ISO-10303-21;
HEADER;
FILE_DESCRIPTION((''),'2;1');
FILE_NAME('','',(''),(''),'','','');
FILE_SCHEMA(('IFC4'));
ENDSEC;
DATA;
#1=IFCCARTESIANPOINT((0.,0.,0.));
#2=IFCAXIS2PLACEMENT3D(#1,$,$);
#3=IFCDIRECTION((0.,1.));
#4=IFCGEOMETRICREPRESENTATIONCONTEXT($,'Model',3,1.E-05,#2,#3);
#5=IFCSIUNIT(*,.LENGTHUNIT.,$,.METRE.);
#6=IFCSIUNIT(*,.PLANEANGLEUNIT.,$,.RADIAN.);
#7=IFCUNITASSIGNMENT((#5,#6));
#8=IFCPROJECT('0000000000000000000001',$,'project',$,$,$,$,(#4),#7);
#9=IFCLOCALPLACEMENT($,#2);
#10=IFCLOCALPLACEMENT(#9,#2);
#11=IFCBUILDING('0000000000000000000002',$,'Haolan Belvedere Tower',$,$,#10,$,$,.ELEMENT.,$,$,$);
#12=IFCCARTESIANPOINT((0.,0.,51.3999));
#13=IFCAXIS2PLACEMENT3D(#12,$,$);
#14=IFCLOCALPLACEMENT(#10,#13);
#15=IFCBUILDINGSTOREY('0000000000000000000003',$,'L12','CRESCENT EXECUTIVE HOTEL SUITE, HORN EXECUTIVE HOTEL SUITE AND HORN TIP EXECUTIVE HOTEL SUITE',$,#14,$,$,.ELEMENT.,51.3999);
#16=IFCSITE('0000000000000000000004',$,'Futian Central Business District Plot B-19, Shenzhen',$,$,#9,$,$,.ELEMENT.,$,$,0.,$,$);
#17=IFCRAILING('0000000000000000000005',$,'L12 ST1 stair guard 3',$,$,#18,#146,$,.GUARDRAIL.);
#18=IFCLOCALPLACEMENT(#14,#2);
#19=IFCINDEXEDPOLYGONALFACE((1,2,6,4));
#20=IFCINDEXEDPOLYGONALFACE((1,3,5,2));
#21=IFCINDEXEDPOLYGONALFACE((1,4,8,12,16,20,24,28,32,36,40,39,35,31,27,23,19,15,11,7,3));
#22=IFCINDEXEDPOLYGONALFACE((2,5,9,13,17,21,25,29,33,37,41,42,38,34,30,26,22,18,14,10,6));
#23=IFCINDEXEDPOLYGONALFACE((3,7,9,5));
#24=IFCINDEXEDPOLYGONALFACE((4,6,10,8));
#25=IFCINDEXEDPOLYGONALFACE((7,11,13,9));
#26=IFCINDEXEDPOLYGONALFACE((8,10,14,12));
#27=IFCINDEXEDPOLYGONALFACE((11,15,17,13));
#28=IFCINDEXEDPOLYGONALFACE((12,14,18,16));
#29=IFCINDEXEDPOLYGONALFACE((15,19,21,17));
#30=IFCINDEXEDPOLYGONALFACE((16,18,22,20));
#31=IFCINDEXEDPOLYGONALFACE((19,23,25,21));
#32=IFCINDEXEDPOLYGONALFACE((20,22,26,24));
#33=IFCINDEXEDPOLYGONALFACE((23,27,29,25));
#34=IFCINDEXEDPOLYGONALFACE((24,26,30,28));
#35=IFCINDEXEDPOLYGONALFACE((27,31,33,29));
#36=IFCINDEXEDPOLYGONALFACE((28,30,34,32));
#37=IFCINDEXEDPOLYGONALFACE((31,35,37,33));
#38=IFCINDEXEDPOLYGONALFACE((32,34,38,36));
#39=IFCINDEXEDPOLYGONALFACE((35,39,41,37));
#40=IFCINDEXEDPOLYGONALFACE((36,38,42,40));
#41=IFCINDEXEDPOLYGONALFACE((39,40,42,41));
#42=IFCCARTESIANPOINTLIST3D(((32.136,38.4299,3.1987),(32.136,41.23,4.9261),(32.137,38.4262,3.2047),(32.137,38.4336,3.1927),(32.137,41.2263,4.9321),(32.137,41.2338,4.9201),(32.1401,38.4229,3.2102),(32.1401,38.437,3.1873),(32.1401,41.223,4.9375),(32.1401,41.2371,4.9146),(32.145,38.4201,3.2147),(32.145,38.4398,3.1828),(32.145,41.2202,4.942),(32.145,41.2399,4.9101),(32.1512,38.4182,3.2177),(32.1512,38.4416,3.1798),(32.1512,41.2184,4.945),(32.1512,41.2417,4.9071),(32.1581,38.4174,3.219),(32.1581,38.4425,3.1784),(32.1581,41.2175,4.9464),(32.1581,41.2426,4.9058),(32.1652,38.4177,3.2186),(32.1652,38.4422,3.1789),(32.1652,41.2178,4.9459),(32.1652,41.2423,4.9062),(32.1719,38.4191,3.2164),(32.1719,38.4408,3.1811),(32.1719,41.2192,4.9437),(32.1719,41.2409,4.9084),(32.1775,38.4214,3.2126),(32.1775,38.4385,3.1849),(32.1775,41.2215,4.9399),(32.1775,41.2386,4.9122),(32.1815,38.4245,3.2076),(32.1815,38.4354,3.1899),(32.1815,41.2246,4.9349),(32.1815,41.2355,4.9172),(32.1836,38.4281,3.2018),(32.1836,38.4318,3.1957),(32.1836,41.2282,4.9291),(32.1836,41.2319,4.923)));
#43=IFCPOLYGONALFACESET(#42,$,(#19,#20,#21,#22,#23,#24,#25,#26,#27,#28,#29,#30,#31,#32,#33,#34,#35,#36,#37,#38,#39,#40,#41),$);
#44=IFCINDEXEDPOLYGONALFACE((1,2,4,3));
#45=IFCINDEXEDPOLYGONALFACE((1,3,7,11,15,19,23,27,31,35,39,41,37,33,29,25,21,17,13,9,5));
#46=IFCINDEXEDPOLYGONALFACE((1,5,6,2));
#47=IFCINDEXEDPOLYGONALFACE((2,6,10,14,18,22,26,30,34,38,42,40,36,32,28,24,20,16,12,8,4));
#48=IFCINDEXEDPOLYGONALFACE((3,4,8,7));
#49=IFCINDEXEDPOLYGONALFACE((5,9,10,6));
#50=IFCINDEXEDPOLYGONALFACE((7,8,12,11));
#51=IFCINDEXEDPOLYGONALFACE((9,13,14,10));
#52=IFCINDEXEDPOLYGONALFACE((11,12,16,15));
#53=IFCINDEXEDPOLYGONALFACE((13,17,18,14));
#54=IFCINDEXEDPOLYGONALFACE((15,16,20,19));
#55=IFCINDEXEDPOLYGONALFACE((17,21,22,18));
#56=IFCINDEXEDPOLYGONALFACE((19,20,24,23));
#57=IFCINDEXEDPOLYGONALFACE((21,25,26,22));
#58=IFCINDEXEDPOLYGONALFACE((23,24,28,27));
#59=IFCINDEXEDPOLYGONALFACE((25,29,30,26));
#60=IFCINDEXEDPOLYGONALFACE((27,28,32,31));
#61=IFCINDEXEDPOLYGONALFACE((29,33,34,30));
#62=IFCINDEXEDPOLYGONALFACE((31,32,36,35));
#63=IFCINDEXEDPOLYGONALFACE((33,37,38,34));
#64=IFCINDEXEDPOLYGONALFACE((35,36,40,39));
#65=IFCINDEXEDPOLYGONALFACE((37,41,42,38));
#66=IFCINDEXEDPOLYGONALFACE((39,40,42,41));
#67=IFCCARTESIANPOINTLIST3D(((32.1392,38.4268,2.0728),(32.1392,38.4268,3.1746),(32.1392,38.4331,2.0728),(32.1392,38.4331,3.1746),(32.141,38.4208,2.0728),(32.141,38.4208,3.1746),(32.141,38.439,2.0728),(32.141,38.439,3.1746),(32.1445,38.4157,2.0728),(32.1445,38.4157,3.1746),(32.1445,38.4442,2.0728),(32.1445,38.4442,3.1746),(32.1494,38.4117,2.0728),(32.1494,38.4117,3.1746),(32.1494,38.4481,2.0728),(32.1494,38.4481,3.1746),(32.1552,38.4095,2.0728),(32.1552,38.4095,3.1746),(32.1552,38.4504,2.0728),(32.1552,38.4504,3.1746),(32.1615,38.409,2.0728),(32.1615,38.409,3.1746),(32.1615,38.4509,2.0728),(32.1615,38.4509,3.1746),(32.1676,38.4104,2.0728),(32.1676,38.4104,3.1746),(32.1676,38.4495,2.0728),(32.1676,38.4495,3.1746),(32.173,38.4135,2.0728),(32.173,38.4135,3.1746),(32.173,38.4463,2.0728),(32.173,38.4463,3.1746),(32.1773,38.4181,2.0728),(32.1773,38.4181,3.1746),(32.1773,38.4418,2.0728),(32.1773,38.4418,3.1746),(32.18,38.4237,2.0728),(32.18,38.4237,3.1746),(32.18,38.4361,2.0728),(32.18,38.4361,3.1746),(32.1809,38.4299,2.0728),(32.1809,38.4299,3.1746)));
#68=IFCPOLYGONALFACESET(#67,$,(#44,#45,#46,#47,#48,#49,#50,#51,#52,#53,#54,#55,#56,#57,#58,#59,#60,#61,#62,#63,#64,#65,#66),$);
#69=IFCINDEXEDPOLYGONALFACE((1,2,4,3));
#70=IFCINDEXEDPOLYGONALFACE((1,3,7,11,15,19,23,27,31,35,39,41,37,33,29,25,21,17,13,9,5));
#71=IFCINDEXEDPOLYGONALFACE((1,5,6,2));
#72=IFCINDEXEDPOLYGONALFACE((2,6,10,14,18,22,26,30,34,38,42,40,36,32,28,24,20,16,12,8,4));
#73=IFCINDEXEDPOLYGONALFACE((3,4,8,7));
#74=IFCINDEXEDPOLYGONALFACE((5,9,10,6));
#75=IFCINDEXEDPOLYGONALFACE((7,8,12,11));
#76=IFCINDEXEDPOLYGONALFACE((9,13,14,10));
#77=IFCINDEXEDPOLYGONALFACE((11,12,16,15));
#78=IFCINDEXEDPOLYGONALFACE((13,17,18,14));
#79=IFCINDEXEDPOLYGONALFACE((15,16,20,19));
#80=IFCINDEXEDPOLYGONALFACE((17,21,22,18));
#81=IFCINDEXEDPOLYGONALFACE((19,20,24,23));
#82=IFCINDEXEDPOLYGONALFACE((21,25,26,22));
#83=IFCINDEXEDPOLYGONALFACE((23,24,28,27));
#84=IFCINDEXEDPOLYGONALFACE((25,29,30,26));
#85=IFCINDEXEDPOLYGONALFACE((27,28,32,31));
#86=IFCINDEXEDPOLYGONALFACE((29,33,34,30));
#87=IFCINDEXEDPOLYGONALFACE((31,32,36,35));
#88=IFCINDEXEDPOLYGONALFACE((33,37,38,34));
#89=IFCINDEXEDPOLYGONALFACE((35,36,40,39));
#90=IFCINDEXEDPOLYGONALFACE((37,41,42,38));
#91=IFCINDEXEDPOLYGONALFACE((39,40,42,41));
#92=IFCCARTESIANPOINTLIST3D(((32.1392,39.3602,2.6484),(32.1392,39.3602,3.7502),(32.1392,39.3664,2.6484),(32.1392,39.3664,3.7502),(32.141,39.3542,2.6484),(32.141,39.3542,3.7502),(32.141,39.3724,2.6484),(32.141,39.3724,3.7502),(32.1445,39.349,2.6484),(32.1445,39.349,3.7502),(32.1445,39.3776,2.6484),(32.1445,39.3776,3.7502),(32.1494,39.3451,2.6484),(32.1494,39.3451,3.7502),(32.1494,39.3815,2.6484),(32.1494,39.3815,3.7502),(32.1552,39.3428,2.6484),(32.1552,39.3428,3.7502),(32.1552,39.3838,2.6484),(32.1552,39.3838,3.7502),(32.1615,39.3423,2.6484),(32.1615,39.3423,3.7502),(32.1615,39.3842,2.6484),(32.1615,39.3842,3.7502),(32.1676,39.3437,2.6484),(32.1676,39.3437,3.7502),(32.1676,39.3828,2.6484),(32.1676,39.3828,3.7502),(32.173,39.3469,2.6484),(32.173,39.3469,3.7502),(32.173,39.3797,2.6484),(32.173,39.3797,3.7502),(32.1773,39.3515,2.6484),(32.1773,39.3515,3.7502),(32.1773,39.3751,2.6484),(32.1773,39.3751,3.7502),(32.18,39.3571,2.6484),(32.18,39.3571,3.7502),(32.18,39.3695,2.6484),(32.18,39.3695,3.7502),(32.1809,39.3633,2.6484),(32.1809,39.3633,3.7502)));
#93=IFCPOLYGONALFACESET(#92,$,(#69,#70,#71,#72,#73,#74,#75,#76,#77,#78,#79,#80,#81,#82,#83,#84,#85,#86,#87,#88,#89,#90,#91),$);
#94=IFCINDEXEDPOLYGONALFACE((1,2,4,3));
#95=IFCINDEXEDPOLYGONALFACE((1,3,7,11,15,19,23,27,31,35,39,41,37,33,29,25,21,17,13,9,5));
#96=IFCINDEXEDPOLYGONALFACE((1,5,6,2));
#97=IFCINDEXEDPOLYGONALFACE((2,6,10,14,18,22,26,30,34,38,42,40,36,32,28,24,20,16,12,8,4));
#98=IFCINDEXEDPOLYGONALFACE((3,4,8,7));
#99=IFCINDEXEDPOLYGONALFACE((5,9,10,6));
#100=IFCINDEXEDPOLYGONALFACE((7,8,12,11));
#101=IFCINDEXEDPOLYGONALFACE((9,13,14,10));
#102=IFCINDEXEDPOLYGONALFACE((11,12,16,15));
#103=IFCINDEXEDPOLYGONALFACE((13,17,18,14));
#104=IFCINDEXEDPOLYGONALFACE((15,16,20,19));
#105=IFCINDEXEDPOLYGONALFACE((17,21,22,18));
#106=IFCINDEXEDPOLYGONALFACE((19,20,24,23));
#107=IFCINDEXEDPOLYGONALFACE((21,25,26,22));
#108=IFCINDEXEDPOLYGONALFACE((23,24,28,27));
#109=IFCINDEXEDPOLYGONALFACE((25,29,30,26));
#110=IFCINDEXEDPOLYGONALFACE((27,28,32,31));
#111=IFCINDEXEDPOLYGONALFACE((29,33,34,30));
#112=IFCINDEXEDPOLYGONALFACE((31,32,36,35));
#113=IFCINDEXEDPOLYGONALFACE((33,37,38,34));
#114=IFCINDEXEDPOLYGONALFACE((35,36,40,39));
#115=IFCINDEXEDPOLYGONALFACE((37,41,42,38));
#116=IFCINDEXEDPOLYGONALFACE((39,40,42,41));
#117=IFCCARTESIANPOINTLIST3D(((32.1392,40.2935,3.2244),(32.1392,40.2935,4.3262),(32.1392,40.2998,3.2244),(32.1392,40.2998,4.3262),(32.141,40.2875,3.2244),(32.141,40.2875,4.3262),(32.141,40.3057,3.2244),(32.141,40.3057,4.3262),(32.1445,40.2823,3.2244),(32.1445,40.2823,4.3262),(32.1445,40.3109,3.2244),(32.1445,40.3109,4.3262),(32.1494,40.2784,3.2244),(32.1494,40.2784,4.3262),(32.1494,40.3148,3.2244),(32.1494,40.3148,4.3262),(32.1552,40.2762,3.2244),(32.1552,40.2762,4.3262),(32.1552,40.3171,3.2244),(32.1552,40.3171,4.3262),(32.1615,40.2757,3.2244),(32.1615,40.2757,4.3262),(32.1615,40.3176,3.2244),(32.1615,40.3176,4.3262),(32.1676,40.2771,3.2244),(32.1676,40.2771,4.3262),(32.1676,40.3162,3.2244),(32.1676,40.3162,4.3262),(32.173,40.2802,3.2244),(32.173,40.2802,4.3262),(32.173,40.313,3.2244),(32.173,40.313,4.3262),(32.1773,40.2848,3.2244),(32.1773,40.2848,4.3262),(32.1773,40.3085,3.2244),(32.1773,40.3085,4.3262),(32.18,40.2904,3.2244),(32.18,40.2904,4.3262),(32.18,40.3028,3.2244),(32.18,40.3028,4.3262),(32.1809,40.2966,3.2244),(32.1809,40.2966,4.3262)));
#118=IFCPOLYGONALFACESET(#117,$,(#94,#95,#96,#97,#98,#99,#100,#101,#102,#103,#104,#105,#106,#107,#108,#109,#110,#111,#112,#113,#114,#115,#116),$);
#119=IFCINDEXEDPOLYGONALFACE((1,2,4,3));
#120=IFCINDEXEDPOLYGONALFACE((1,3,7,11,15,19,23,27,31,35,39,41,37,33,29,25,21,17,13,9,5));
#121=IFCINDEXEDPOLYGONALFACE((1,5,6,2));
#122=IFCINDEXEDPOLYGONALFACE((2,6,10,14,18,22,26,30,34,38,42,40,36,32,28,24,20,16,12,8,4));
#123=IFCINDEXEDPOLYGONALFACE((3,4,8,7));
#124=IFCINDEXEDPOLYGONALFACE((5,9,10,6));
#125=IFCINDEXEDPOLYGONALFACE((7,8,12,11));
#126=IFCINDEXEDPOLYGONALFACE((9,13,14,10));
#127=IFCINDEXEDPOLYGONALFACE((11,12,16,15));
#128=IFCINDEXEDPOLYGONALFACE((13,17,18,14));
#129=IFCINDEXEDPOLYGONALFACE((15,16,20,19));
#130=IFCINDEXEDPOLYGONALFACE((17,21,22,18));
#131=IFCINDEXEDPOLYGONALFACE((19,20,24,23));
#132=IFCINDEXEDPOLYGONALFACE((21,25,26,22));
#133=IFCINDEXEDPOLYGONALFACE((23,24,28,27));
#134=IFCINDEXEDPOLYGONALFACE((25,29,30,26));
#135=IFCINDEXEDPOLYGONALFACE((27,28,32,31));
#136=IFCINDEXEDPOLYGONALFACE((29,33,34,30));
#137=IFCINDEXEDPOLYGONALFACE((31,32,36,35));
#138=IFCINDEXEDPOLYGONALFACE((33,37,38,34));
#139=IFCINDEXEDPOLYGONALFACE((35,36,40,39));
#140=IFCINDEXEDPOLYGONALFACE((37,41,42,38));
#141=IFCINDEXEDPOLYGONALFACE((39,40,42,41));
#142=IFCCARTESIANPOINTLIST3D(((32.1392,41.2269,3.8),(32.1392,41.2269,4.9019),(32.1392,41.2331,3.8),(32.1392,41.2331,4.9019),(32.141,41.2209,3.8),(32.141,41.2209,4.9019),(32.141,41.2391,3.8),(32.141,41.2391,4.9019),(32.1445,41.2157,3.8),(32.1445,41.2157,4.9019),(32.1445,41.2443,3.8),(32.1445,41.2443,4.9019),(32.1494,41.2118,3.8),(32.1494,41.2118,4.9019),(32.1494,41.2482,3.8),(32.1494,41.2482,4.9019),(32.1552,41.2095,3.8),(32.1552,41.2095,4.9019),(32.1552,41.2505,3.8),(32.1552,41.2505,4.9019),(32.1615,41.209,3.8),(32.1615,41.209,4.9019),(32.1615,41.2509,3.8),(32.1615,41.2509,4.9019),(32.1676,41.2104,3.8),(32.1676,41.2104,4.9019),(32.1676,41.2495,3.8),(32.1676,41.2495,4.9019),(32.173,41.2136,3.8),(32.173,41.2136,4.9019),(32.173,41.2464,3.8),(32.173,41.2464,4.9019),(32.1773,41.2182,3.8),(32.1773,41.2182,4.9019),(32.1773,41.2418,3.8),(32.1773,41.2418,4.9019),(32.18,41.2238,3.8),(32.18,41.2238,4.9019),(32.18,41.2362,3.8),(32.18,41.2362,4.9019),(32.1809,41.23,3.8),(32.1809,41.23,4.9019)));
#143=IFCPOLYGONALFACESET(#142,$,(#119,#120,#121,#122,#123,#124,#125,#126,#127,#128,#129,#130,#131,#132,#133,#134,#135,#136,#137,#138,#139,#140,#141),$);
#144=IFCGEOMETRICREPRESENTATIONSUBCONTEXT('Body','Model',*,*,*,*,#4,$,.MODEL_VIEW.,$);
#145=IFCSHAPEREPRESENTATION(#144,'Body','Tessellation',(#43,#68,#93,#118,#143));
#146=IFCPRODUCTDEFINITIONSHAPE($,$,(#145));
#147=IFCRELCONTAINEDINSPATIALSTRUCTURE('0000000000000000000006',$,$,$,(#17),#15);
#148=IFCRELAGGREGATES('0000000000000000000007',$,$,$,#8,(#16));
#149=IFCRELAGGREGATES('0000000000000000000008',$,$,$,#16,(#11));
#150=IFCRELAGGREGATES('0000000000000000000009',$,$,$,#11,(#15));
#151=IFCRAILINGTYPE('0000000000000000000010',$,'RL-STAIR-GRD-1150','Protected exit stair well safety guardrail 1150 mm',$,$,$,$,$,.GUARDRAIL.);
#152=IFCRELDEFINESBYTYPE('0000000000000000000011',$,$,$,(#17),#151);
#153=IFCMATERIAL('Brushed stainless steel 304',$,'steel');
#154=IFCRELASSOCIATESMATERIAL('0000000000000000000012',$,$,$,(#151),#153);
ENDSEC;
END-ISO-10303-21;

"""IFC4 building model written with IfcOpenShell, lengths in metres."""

from ifc_helpers import new_model, si_unit, direction, frame, origin, origin_2d, place, context, subcontext, project, spatial, circle, extrude, material, type_object, element, save


model = new_model("IFC4")

# Units and contexts
model_context = context("Model", 3, precision=1e-05, world=origin(), true_north=direction((0.0, 1.0)))
body_context = subcontext(model_context, "Body", "Model", "MODEL_VIEW")
ifc_project = project(units=[si_unit("LENGTHUNIT", "METRE"), si_unit("PLANEANGLEUNIT", "RADIAN")], contexts=[model_context])

# Site, building, storey
site_placement = place(None, origin())
site = spatial("IfcSite", under=ifc_project, at=site_placement, Name="Futian Central Business District Plot B-19, Shenzhen", CompositionType="ELEMENT", RefElevation=0.0)
building_placement = place(site_placement, origin())
building = spatial("IfcBuilding", under=site, at=building_placement, Name="Haolan Belvedere Tower", CompositionType="ELEMENT")
storey_placement = place(building_placement, frame((0.0, 0.0, 51.3999)))
storey = spatial("IfcBuildingStorey", under=building, at=storey_placement, Name="L12", Description="CRESCENT EXECUTIVE HOTEL SUITE, HORN EXECUTIVE HOTEL SUITE AND HORN TIP EXECUTIVE HOTEL SUITE", CompositionType="ELEMENT", Elevation=51.3999)

# Railing
ifc_material_1 = material(Name="Brushed stainless steel 304", Category="steel")
railing_type = type_object("IfcRailingType", Name="RL-STAIR-GRD-1150", Description="Protected exit stair well safety guardrail 1150 mm", PredefinedType="GUARDRAIL", material=ifc_material_1)
railing_1_placement = place(storey_placement, frame((32.1599, 38.4299, 2.0728)))
element("IfcRailing", 1, at=railing_1_placement, inside=storey, type_object=railing_type, Name="L12 ST1 stair guard 3", PredefinedType="GUARDRAIL", context=body_context, shape_type="SweptSolid", body=[
    extrude(circle(Radius=0.0239, at=origin_2d()), frame((0.0, 0.0, 1.126), z_axis=(0.0, 0.85109, 0.52502), x_axis=(-1.0, 0.0, 0.0)), (0.0, 0.0, 1.0), 3.29),
    extrude(circle(Radius=0.021, at=origin_2d()), origin(), (0.0, 0.0, 1.0), 1.1018),
    extrude(circle(Radius=0.021, at=origin_2d()), frame((0.0, 0.9333, 0.5757)), (0.0, 0.0, 1.0), 1.1018),
    extrude(circle(Radius=0.021, at=origin_2d()), frame((0.0, 1.8667, 1.1516)), (0.0, 0.0, 1.0), 1.1018),
    extrude(circle(Radius=0.021, at=origin_2d()), frame((0.0, 2.8, 1.7273)), (0.0, 0.0, 1.0), 1.1018),
])

save(model, "model.ifc")
